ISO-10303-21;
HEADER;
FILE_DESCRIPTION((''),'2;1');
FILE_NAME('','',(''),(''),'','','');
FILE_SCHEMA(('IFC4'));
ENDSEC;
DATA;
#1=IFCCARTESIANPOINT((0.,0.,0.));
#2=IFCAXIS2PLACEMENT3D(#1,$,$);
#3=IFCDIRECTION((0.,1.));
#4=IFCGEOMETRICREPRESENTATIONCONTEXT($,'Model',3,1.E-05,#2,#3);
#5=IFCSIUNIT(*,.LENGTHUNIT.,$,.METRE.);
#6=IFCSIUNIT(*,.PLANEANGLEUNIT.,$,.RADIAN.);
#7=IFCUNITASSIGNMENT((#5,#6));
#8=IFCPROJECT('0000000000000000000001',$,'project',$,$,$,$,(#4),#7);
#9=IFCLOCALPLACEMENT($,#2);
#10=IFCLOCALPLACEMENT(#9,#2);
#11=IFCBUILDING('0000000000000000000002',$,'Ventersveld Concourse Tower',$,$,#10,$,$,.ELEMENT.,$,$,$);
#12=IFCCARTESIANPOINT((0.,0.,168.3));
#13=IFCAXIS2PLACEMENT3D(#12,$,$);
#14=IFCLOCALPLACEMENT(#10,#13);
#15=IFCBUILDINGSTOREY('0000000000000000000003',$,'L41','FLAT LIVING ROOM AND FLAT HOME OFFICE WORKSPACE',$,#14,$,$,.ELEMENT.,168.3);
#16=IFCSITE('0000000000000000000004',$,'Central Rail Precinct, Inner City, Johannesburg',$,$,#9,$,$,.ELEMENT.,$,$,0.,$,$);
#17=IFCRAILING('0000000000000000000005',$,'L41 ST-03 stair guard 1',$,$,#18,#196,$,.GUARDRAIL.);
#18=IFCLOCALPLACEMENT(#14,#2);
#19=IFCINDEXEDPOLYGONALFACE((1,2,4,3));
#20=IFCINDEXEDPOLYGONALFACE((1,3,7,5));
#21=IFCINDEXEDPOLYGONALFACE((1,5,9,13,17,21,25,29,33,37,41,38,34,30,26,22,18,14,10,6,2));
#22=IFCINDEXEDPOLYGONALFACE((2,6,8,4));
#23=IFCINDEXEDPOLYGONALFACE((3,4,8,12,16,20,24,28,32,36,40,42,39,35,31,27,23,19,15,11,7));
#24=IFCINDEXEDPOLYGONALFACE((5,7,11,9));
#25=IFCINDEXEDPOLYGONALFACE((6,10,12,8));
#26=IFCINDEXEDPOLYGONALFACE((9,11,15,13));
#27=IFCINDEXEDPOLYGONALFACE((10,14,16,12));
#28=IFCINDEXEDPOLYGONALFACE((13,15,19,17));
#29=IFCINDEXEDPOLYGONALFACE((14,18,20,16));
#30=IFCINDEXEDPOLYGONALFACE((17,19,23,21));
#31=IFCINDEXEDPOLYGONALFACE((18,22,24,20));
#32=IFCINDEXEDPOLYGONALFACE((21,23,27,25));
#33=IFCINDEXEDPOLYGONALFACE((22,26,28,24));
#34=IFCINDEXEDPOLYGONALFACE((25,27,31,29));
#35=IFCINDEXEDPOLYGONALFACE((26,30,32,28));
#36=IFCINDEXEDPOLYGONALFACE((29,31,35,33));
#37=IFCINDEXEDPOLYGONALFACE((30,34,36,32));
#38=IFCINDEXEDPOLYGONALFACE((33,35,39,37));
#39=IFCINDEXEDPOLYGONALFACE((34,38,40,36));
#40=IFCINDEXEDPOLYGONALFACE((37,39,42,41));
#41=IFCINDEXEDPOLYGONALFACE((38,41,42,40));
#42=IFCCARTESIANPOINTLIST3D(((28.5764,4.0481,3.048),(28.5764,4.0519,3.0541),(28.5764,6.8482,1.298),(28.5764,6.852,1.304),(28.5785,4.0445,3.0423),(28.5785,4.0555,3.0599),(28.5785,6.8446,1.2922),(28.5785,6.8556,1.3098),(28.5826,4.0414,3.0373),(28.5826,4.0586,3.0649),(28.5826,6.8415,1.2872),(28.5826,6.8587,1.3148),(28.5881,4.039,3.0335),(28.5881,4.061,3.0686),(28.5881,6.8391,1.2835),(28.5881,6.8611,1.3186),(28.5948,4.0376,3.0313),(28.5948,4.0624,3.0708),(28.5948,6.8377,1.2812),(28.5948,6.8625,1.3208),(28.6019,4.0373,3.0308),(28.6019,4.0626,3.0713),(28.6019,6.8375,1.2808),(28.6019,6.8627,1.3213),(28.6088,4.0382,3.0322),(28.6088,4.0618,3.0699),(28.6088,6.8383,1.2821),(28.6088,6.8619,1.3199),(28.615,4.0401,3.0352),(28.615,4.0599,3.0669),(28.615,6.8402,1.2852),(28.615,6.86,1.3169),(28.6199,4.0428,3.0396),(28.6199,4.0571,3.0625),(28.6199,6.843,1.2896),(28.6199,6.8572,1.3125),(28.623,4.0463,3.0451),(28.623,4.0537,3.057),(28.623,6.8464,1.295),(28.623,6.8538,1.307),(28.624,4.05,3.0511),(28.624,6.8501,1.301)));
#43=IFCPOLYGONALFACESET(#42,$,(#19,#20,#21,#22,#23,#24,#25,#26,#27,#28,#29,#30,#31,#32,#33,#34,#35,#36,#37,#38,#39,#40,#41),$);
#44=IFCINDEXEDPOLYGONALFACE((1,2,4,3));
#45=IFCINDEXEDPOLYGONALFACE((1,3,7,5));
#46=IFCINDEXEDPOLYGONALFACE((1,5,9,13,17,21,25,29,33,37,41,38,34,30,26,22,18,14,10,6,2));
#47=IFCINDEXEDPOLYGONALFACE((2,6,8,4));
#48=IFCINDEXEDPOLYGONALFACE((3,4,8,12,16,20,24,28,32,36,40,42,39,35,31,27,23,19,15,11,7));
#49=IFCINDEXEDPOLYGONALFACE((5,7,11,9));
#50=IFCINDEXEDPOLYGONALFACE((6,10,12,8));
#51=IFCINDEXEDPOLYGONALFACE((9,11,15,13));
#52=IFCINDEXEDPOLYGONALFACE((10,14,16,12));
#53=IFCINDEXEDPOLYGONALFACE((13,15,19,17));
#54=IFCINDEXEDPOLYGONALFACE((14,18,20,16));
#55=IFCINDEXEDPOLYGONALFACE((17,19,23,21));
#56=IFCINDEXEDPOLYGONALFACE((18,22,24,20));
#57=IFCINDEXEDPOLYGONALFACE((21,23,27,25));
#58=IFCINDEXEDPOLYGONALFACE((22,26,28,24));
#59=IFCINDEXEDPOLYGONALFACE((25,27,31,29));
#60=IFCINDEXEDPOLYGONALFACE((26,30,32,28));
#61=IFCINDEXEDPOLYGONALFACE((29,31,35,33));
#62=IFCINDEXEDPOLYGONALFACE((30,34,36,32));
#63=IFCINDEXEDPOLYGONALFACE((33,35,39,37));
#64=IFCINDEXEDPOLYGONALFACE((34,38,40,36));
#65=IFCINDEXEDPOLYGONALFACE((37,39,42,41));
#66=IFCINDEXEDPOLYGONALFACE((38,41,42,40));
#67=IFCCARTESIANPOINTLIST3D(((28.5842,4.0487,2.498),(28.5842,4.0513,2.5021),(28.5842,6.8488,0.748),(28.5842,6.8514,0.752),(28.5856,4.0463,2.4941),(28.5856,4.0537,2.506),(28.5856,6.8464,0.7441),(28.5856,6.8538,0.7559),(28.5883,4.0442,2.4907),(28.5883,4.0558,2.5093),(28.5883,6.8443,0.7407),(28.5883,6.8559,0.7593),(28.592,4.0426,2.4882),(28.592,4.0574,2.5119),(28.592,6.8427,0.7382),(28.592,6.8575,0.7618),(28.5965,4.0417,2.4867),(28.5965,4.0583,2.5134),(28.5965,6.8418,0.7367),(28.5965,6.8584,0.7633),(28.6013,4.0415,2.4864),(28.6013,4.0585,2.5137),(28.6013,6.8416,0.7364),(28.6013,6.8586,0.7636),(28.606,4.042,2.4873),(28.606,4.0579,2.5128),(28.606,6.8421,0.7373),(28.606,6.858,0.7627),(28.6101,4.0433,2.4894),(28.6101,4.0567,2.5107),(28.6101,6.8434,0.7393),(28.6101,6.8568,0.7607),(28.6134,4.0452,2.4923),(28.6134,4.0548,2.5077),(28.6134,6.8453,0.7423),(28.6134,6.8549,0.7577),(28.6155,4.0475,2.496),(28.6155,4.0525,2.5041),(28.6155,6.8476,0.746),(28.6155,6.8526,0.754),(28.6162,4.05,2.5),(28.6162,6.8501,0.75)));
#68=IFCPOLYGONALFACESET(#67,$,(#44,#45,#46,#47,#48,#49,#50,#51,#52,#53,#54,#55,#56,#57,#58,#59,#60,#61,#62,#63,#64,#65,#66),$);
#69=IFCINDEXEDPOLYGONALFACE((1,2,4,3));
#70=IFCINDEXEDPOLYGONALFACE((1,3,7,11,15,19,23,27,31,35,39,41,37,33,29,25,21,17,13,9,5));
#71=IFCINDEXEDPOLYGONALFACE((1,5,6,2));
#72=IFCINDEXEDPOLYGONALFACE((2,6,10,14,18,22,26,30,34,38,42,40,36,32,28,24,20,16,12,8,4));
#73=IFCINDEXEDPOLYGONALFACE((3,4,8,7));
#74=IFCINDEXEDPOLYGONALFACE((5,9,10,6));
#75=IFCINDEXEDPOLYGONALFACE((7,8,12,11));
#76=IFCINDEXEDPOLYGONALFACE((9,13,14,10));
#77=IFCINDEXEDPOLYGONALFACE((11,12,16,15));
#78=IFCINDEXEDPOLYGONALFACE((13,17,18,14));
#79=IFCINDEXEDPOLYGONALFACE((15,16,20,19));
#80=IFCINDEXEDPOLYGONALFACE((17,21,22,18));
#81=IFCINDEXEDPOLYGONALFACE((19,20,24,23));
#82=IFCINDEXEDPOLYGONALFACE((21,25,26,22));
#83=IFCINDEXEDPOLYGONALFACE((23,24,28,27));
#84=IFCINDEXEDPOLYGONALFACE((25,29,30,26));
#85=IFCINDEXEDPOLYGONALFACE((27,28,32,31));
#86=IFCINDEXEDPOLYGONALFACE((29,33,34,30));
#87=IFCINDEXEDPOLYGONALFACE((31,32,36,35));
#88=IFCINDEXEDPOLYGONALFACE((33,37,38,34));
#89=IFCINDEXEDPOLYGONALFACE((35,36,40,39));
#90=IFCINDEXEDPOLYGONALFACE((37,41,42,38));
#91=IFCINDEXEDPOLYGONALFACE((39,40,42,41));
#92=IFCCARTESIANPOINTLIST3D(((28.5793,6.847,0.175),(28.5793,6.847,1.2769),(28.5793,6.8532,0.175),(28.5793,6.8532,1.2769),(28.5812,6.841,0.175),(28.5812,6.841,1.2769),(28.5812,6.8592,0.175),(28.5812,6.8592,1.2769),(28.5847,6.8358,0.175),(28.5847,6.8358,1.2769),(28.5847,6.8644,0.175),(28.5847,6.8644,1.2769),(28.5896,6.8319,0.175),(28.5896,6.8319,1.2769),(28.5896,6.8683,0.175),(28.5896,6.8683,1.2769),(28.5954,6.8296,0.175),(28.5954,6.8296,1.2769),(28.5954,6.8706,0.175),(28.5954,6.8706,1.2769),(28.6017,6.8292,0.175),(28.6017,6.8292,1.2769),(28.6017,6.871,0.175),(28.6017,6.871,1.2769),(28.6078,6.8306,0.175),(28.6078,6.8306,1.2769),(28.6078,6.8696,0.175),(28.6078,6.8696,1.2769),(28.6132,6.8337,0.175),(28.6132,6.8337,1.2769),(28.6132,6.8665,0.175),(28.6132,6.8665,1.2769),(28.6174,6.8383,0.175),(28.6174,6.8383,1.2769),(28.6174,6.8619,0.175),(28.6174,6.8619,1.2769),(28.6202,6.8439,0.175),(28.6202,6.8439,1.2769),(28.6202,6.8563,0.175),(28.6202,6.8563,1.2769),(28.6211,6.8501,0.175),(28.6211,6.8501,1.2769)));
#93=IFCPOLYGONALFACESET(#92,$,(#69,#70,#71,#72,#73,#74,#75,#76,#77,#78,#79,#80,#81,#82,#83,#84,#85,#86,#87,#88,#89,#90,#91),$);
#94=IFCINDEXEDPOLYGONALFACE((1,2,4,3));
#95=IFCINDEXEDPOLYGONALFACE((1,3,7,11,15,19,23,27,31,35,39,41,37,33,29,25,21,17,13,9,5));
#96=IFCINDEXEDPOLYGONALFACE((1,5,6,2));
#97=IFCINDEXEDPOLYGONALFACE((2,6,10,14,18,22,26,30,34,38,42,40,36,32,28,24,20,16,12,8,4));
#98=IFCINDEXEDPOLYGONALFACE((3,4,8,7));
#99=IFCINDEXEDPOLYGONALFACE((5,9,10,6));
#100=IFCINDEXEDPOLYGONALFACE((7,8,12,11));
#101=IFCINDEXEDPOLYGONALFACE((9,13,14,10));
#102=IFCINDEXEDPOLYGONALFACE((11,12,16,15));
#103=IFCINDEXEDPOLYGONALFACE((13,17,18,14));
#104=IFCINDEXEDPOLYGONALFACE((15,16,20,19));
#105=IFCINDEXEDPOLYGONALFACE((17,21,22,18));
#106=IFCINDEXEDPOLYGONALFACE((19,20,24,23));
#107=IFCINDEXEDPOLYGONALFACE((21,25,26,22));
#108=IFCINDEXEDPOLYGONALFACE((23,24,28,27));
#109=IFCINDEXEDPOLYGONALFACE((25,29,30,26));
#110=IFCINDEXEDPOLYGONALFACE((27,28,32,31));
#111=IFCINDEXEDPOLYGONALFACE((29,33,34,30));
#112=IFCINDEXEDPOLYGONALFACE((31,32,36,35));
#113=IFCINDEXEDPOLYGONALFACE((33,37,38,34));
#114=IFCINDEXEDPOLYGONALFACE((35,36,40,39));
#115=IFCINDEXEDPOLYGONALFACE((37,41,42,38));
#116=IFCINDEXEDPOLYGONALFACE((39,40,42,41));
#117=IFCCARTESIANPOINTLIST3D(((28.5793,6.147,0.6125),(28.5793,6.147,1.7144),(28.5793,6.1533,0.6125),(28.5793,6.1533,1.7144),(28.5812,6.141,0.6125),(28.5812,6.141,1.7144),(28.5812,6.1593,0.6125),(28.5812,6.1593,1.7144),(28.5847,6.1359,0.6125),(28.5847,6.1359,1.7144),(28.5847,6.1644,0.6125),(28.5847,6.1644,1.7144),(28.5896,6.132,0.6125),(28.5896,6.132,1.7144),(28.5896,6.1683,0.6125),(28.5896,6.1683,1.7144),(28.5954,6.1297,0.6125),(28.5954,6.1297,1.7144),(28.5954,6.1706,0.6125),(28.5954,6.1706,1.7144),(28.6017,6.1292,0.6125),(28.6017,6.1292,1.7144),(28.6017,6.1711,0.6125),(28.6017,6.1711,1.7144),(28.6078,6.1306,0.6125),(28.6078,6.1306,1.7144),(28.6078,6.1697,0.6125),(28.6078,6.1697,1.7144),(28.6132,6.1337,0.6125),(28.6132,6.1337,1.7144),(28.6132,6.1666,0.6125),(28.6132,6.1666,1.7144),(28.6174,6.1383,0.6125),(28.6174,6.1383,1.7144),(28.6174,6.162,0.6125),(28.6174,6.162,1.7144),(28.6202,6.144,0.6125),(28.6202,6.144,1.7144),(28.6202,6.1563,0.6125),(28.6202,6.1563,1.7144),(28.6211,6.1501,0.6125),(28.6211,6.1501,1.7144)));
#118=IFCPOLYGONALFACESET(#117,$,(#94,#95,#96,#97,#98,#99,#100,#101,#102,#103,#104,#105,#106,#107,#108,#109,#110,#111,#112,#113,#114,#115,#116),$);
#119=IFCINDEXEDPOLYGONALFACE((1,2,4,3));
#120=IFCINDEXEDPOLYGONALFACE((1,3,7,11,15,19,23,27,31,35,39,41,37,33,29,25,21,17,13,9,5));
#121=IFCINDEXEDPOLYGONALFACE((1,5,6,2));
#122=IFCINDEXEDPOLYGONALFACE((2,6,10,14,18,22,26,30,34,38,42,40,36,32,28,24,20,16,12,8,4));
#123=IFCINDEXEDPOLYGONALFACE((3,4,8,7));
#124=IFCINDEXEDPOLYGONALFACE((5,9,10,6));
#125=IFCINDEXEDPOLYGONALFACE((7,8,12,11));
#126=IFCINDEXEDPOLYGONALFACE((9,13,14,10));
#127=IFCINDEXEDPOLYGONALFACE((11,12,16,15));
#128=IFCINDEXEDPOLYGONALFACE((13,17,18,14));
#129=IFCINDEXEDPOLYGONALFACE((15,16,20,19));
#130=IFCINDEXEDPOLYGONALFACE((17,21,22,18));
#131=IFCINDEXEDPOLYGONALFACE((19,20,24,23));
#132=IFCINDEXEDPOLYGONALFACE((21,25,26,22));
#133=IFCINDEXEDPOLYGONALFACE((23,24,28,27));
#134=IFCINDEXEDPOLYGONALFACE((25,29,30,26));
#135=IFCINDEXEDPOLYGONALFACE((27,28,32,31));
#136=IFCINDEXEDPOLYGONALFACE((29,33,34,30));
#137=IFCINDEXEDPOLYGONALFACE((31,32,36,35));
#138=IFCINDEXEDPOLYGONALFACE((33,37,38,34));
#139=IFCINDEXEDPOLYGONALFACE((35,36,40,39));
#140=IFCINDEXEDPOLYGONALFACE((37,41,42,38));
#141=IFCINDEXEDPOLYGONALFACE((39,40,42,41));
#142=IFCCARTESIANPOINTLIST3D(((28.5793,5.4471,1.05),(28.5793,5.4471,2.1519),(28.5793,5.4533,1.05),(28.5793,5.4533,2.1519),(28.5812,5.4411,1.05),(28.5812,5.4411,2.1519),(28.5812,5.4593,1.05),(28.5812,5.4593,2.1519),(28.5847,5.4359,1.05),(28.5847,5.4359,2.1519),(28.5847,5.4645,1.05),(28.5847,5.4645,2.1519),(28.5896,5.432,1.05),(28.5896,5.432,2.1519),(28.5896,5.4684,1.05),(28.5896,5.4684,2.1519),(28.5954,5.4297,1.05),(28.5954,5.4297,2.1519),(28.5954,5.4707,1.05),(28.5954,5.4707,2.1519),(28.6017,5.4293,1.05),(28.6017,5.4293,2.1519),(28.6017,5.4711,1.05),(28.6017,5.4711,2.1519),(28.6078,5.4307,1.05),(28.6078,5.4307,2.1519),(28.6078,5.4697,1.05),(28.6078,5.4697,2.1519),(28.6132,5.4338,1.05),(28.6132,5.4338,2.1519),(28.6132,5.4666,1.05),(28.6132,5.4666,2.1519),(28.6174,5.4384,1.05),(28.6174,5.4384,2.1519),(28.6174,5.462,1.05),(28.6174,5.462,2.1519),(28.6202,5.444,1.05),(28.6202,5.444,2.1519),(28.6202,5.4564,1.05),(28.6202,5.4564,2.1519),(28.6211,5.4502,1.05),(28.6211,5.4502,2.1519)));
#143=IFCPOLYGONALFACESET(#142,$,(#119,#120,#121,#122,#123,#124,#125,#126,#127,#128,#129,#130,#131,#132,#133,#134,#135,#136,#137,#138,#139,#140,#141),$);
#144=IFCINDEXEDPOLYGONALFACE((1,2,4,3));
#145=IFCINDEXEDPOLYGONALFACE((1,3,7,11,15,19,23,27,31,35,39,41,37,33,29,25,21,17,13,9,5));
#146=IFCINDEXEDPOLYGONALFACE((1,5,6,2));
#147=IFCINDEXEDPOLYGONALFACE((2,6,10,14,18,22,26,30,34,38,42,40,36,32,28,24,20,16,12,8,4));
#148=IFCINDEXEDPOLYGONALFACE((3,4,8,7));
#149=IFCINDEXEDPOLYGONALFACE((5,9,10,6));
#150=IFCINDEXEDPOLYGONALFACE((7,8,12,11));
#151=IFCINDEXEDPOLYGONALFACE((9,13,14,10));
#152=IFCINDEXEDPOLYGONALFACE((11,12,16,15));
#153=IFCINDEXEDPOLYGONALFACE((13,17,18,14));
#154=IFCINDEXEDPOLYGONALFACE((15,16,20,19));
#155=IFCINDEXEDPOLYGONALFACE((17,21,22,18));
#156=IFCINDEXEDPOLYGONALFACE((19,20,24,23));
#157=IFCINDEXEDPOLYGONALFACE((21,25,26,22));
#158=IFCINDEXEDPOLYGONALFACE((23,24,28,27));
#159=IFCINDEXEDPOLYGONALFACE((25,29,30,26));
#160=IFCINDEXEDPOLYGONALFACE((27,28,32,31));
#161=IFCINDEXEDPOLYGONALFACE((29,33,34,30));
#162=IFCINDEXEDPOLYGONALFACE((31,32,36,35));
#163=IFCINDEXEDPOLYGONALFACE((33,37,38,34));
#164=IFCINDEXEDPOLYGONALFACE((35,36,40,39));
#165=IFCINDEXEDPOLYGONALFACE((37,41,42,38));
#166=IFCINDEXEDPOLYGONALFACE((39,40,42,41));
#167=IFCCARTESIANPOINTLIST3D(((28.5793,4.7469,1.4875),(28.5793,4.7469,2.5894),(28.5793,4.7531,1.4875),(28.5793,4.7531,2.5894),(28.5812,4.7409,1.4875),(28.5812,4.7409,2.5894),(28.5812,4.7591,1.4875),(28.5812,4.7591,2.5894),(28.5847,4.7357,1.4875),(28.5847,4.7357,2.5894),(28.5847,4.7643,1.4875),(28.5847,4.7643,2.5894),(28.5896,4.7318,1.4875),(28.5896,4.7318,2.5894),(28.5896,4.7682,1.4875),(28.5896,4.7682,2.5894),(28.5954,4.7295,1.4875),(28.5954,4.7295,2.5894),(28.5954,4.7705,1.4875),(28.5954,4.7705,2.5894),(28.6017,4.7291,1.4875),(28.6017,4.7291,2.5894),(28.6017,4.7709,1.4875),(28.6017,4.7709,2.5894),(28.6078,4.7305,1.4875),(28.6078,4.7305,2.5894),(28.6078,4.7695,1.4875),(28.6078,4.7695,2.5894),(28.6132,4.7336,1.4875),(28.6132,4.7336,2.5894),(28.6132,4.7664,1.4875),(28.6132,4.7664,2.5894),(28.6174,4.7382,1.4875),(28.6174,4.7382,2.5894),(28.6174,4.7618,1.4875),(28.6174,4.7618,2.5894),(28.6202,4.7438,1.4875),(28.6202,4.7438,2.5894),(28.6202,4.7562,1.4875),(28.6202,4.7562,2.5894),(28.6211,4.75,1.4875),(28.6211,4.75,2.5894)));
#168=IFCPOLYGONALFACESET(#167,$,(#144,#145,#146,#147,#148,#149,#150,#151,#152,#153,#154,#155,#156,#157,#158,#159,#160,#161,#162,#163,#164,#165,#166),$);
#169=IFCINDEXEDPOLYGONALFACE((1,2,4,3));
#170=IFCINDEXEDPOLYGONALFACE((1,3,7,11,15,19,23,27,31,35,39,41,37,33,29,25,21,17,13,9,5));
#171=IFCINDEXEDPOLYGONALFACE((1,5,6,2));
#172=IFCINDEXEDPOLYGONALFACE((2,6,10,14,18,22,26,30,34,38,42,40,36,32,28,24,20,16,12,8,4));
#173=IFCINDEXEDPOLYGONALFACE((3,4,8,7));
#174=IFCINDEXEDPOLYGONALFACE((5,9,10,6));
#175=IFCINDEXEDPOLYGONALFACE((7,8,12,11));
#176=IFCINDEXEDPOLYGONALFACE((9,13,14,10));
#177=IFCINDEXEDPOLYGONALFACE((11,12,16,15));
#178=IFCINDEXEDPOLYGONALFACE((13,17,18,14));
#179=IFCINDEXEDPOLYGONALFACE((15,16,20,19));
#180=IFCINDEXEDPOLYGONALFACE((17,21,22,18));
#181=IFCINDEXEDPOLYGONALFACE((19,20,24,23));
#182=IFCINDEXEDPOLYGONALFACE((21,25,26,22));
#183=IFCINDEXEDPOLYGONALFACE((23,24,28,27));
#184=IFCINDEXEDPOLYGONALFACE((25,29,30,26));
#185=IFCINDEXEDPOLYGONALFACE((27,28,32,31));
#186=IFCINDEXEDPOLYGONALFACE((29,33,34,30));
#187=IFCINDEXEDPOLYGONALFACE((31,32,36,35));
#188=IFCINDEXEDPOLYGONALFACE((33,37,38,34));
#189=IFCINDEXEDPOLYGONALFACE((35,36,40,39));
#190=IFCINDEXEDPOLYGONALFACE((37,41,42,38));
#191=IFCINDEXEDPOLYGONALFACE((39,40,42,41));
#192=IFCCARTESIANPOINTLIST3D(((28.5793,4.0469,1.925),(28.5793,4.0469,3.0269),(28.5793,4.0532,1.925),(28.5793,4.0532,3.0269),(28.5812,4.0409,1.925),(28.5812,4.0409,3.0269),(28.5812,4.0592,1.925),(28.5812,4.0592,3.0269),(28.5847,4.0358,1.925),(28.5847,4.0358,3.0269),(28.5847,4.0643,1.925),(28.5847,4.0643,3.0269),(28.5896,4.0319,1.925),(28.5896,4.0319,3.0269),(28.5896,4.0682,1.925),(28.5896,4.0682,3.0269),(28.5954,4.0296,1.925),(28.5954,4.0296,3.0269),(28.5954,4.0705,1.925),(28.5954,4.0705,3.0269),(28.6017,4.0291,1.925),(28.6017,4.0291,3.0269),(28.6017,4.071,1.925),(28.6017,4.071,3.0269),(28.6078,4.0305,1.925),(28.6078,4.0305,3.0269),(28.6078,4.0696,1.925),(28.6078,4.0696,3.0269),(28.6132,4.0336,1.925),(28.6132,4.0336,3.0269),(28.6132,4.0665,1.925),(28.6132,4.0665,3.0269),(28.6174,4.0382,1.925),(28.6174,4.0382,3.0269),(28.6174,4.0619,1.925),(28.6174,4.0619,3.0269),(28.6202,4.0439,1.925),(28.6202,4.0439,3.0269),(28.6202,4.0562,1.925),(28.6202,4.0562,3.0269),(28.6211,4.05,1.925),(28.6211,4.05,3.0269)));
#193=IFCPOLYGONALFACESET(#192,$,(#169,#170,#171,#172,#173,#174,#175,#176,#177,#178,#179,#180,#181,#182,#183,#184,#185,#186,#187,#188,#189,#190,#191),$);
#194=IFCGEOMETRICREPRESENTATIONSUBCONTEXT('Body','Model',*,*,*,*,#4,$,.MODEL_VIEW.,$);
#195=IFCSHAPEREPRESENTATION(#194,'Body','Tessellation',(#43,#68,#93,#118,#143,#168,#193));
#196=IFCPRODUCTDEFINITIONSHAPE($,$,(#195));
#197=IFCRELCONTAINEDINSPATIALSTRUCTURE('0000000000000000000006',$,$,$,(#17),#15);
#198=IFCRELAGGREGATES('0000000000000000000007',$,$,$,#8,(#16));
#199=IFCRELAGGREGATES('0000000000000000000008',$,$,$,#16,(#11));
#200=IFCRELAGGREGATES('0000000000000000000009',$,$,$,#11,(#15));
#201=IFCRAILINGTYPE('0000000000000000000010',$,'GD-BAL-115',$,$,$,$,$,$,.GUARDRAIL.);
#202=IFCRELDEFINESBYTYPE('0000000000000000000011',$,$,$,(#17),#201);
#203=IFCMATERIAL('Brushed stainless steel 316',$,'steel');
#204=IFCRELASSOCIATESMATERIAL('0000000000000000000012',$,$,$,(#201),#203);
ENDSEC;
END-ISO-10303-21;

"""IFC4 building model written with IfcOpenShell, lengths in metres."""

from ifc_helpers import new_model, si_unit, direction, frame, origin, origin_2d, place, context, subcontext, project, spatial, circle, extrude, material, type_object, element, save


model = new_model("IFC4")

# Units and contexts
model_context = context("Model", 3, precision=1e-05, world=origin(), true_north=direction((0.0, 1.0)))
body_context = subcontext(model_context, "Body", "Model", "MODEL_VIEW")
ifc_project = project(units=[si_unit("LENGTHUNIT", "METRE"), si_unit("PLANEANGLEUNIT", "RADIAN")], contexts=[model_context])

# Site, building, storey
site_placement = place(None, origin())
site = spatial("IfcSite", under=ifc_project, at=site_placement, Name="Central Rail Precinct, Inner City, Johannesburg", CompositionType="ELEMENT", RefElevation=0.0)
building_placement = place(site_placement, origin())
building = spatial("IfcBuilding", under=site, at=building_placement, Name="Ventersveld Concourse Tower", CompositionType="ELEMENT")
storey_placement = place(building_placement, frame((0.0, 0.0, 168.3)))
storey = spatial("IfcBuildingStorey", under=building, at=storey_placement, Name="L41", Description="FLAT LIVING ROOM AND FLAT HOME OFFICE WORKSPACE", CompositionType="ELEMENT", Elevation=168.3)

# Shared definitions
ifc_material_1 = material(Name="Brushed stainless steel 316", Category="steel")

# Railing
railing_type_1 = type_object("IfcRailingType", Name="GD-BAL-115", PredefinedType="GUARDRAIL", material=ifc_material_1)
railing_1_placement = place(storey_placement, frame((28.6001, 6.8501, 0.175)))
element("IfcRailing", 1, at=railing_1_placement, inside=storey, type_object=railing_type_1, Name="L41 ST-03 stair guard 1", PredefinedType="GUARDRAIL", context=body_context, shape_type="SweptSolid", body=[
    extrude(circle(Radius=0.0239, at=origin_2d()), frame((0.0, 0.0, 1.126), z_axis=(0.0, -0.848002, 0.529992), x_axis=(1.0, 0.0, 0.0)), (0.0, 0.0, 1.0), 3.302),
    extrude(circle(Radius=0.0161, at=origin_2d()), frame((0.0, 0.0, 0.575), z_axis=(0.0, -0.848002, 0.529992), x_axis=(1.0, 0.0, 0.0)), (0.0, 0.0, 1.0), 3.302),
    extrude(circle(Radius=0.021, at=origin_2d()), origin(), (0.0, 0.0, 1.0), 1.1018),
    extrude(circle(Radius=0.021, at=origin_2d()), frame((0.0, -0.7, 0.4375)), (0.0, 0.0, 1.0), 1.1018),
    extrude(circle(Radius=0.021, at=origin_2d()), frame((0.0, -1.3999, 0.875)), (0.0, 0.0, 1.0), 1.1018),
    extrude(circle(Radius=0.021, at=origin_2d()), frame((0.0, -2.1001, 1.3125)), (0.0, 0.0, 1.0), 1.1018),
    extrude(circle(Radius=0.021, at=origin_2d()), frame((0.0, -2.8, 1.75)), (0.0, 0.0, 1.0), 1.1018),
])

save(model, "model.ifc")
